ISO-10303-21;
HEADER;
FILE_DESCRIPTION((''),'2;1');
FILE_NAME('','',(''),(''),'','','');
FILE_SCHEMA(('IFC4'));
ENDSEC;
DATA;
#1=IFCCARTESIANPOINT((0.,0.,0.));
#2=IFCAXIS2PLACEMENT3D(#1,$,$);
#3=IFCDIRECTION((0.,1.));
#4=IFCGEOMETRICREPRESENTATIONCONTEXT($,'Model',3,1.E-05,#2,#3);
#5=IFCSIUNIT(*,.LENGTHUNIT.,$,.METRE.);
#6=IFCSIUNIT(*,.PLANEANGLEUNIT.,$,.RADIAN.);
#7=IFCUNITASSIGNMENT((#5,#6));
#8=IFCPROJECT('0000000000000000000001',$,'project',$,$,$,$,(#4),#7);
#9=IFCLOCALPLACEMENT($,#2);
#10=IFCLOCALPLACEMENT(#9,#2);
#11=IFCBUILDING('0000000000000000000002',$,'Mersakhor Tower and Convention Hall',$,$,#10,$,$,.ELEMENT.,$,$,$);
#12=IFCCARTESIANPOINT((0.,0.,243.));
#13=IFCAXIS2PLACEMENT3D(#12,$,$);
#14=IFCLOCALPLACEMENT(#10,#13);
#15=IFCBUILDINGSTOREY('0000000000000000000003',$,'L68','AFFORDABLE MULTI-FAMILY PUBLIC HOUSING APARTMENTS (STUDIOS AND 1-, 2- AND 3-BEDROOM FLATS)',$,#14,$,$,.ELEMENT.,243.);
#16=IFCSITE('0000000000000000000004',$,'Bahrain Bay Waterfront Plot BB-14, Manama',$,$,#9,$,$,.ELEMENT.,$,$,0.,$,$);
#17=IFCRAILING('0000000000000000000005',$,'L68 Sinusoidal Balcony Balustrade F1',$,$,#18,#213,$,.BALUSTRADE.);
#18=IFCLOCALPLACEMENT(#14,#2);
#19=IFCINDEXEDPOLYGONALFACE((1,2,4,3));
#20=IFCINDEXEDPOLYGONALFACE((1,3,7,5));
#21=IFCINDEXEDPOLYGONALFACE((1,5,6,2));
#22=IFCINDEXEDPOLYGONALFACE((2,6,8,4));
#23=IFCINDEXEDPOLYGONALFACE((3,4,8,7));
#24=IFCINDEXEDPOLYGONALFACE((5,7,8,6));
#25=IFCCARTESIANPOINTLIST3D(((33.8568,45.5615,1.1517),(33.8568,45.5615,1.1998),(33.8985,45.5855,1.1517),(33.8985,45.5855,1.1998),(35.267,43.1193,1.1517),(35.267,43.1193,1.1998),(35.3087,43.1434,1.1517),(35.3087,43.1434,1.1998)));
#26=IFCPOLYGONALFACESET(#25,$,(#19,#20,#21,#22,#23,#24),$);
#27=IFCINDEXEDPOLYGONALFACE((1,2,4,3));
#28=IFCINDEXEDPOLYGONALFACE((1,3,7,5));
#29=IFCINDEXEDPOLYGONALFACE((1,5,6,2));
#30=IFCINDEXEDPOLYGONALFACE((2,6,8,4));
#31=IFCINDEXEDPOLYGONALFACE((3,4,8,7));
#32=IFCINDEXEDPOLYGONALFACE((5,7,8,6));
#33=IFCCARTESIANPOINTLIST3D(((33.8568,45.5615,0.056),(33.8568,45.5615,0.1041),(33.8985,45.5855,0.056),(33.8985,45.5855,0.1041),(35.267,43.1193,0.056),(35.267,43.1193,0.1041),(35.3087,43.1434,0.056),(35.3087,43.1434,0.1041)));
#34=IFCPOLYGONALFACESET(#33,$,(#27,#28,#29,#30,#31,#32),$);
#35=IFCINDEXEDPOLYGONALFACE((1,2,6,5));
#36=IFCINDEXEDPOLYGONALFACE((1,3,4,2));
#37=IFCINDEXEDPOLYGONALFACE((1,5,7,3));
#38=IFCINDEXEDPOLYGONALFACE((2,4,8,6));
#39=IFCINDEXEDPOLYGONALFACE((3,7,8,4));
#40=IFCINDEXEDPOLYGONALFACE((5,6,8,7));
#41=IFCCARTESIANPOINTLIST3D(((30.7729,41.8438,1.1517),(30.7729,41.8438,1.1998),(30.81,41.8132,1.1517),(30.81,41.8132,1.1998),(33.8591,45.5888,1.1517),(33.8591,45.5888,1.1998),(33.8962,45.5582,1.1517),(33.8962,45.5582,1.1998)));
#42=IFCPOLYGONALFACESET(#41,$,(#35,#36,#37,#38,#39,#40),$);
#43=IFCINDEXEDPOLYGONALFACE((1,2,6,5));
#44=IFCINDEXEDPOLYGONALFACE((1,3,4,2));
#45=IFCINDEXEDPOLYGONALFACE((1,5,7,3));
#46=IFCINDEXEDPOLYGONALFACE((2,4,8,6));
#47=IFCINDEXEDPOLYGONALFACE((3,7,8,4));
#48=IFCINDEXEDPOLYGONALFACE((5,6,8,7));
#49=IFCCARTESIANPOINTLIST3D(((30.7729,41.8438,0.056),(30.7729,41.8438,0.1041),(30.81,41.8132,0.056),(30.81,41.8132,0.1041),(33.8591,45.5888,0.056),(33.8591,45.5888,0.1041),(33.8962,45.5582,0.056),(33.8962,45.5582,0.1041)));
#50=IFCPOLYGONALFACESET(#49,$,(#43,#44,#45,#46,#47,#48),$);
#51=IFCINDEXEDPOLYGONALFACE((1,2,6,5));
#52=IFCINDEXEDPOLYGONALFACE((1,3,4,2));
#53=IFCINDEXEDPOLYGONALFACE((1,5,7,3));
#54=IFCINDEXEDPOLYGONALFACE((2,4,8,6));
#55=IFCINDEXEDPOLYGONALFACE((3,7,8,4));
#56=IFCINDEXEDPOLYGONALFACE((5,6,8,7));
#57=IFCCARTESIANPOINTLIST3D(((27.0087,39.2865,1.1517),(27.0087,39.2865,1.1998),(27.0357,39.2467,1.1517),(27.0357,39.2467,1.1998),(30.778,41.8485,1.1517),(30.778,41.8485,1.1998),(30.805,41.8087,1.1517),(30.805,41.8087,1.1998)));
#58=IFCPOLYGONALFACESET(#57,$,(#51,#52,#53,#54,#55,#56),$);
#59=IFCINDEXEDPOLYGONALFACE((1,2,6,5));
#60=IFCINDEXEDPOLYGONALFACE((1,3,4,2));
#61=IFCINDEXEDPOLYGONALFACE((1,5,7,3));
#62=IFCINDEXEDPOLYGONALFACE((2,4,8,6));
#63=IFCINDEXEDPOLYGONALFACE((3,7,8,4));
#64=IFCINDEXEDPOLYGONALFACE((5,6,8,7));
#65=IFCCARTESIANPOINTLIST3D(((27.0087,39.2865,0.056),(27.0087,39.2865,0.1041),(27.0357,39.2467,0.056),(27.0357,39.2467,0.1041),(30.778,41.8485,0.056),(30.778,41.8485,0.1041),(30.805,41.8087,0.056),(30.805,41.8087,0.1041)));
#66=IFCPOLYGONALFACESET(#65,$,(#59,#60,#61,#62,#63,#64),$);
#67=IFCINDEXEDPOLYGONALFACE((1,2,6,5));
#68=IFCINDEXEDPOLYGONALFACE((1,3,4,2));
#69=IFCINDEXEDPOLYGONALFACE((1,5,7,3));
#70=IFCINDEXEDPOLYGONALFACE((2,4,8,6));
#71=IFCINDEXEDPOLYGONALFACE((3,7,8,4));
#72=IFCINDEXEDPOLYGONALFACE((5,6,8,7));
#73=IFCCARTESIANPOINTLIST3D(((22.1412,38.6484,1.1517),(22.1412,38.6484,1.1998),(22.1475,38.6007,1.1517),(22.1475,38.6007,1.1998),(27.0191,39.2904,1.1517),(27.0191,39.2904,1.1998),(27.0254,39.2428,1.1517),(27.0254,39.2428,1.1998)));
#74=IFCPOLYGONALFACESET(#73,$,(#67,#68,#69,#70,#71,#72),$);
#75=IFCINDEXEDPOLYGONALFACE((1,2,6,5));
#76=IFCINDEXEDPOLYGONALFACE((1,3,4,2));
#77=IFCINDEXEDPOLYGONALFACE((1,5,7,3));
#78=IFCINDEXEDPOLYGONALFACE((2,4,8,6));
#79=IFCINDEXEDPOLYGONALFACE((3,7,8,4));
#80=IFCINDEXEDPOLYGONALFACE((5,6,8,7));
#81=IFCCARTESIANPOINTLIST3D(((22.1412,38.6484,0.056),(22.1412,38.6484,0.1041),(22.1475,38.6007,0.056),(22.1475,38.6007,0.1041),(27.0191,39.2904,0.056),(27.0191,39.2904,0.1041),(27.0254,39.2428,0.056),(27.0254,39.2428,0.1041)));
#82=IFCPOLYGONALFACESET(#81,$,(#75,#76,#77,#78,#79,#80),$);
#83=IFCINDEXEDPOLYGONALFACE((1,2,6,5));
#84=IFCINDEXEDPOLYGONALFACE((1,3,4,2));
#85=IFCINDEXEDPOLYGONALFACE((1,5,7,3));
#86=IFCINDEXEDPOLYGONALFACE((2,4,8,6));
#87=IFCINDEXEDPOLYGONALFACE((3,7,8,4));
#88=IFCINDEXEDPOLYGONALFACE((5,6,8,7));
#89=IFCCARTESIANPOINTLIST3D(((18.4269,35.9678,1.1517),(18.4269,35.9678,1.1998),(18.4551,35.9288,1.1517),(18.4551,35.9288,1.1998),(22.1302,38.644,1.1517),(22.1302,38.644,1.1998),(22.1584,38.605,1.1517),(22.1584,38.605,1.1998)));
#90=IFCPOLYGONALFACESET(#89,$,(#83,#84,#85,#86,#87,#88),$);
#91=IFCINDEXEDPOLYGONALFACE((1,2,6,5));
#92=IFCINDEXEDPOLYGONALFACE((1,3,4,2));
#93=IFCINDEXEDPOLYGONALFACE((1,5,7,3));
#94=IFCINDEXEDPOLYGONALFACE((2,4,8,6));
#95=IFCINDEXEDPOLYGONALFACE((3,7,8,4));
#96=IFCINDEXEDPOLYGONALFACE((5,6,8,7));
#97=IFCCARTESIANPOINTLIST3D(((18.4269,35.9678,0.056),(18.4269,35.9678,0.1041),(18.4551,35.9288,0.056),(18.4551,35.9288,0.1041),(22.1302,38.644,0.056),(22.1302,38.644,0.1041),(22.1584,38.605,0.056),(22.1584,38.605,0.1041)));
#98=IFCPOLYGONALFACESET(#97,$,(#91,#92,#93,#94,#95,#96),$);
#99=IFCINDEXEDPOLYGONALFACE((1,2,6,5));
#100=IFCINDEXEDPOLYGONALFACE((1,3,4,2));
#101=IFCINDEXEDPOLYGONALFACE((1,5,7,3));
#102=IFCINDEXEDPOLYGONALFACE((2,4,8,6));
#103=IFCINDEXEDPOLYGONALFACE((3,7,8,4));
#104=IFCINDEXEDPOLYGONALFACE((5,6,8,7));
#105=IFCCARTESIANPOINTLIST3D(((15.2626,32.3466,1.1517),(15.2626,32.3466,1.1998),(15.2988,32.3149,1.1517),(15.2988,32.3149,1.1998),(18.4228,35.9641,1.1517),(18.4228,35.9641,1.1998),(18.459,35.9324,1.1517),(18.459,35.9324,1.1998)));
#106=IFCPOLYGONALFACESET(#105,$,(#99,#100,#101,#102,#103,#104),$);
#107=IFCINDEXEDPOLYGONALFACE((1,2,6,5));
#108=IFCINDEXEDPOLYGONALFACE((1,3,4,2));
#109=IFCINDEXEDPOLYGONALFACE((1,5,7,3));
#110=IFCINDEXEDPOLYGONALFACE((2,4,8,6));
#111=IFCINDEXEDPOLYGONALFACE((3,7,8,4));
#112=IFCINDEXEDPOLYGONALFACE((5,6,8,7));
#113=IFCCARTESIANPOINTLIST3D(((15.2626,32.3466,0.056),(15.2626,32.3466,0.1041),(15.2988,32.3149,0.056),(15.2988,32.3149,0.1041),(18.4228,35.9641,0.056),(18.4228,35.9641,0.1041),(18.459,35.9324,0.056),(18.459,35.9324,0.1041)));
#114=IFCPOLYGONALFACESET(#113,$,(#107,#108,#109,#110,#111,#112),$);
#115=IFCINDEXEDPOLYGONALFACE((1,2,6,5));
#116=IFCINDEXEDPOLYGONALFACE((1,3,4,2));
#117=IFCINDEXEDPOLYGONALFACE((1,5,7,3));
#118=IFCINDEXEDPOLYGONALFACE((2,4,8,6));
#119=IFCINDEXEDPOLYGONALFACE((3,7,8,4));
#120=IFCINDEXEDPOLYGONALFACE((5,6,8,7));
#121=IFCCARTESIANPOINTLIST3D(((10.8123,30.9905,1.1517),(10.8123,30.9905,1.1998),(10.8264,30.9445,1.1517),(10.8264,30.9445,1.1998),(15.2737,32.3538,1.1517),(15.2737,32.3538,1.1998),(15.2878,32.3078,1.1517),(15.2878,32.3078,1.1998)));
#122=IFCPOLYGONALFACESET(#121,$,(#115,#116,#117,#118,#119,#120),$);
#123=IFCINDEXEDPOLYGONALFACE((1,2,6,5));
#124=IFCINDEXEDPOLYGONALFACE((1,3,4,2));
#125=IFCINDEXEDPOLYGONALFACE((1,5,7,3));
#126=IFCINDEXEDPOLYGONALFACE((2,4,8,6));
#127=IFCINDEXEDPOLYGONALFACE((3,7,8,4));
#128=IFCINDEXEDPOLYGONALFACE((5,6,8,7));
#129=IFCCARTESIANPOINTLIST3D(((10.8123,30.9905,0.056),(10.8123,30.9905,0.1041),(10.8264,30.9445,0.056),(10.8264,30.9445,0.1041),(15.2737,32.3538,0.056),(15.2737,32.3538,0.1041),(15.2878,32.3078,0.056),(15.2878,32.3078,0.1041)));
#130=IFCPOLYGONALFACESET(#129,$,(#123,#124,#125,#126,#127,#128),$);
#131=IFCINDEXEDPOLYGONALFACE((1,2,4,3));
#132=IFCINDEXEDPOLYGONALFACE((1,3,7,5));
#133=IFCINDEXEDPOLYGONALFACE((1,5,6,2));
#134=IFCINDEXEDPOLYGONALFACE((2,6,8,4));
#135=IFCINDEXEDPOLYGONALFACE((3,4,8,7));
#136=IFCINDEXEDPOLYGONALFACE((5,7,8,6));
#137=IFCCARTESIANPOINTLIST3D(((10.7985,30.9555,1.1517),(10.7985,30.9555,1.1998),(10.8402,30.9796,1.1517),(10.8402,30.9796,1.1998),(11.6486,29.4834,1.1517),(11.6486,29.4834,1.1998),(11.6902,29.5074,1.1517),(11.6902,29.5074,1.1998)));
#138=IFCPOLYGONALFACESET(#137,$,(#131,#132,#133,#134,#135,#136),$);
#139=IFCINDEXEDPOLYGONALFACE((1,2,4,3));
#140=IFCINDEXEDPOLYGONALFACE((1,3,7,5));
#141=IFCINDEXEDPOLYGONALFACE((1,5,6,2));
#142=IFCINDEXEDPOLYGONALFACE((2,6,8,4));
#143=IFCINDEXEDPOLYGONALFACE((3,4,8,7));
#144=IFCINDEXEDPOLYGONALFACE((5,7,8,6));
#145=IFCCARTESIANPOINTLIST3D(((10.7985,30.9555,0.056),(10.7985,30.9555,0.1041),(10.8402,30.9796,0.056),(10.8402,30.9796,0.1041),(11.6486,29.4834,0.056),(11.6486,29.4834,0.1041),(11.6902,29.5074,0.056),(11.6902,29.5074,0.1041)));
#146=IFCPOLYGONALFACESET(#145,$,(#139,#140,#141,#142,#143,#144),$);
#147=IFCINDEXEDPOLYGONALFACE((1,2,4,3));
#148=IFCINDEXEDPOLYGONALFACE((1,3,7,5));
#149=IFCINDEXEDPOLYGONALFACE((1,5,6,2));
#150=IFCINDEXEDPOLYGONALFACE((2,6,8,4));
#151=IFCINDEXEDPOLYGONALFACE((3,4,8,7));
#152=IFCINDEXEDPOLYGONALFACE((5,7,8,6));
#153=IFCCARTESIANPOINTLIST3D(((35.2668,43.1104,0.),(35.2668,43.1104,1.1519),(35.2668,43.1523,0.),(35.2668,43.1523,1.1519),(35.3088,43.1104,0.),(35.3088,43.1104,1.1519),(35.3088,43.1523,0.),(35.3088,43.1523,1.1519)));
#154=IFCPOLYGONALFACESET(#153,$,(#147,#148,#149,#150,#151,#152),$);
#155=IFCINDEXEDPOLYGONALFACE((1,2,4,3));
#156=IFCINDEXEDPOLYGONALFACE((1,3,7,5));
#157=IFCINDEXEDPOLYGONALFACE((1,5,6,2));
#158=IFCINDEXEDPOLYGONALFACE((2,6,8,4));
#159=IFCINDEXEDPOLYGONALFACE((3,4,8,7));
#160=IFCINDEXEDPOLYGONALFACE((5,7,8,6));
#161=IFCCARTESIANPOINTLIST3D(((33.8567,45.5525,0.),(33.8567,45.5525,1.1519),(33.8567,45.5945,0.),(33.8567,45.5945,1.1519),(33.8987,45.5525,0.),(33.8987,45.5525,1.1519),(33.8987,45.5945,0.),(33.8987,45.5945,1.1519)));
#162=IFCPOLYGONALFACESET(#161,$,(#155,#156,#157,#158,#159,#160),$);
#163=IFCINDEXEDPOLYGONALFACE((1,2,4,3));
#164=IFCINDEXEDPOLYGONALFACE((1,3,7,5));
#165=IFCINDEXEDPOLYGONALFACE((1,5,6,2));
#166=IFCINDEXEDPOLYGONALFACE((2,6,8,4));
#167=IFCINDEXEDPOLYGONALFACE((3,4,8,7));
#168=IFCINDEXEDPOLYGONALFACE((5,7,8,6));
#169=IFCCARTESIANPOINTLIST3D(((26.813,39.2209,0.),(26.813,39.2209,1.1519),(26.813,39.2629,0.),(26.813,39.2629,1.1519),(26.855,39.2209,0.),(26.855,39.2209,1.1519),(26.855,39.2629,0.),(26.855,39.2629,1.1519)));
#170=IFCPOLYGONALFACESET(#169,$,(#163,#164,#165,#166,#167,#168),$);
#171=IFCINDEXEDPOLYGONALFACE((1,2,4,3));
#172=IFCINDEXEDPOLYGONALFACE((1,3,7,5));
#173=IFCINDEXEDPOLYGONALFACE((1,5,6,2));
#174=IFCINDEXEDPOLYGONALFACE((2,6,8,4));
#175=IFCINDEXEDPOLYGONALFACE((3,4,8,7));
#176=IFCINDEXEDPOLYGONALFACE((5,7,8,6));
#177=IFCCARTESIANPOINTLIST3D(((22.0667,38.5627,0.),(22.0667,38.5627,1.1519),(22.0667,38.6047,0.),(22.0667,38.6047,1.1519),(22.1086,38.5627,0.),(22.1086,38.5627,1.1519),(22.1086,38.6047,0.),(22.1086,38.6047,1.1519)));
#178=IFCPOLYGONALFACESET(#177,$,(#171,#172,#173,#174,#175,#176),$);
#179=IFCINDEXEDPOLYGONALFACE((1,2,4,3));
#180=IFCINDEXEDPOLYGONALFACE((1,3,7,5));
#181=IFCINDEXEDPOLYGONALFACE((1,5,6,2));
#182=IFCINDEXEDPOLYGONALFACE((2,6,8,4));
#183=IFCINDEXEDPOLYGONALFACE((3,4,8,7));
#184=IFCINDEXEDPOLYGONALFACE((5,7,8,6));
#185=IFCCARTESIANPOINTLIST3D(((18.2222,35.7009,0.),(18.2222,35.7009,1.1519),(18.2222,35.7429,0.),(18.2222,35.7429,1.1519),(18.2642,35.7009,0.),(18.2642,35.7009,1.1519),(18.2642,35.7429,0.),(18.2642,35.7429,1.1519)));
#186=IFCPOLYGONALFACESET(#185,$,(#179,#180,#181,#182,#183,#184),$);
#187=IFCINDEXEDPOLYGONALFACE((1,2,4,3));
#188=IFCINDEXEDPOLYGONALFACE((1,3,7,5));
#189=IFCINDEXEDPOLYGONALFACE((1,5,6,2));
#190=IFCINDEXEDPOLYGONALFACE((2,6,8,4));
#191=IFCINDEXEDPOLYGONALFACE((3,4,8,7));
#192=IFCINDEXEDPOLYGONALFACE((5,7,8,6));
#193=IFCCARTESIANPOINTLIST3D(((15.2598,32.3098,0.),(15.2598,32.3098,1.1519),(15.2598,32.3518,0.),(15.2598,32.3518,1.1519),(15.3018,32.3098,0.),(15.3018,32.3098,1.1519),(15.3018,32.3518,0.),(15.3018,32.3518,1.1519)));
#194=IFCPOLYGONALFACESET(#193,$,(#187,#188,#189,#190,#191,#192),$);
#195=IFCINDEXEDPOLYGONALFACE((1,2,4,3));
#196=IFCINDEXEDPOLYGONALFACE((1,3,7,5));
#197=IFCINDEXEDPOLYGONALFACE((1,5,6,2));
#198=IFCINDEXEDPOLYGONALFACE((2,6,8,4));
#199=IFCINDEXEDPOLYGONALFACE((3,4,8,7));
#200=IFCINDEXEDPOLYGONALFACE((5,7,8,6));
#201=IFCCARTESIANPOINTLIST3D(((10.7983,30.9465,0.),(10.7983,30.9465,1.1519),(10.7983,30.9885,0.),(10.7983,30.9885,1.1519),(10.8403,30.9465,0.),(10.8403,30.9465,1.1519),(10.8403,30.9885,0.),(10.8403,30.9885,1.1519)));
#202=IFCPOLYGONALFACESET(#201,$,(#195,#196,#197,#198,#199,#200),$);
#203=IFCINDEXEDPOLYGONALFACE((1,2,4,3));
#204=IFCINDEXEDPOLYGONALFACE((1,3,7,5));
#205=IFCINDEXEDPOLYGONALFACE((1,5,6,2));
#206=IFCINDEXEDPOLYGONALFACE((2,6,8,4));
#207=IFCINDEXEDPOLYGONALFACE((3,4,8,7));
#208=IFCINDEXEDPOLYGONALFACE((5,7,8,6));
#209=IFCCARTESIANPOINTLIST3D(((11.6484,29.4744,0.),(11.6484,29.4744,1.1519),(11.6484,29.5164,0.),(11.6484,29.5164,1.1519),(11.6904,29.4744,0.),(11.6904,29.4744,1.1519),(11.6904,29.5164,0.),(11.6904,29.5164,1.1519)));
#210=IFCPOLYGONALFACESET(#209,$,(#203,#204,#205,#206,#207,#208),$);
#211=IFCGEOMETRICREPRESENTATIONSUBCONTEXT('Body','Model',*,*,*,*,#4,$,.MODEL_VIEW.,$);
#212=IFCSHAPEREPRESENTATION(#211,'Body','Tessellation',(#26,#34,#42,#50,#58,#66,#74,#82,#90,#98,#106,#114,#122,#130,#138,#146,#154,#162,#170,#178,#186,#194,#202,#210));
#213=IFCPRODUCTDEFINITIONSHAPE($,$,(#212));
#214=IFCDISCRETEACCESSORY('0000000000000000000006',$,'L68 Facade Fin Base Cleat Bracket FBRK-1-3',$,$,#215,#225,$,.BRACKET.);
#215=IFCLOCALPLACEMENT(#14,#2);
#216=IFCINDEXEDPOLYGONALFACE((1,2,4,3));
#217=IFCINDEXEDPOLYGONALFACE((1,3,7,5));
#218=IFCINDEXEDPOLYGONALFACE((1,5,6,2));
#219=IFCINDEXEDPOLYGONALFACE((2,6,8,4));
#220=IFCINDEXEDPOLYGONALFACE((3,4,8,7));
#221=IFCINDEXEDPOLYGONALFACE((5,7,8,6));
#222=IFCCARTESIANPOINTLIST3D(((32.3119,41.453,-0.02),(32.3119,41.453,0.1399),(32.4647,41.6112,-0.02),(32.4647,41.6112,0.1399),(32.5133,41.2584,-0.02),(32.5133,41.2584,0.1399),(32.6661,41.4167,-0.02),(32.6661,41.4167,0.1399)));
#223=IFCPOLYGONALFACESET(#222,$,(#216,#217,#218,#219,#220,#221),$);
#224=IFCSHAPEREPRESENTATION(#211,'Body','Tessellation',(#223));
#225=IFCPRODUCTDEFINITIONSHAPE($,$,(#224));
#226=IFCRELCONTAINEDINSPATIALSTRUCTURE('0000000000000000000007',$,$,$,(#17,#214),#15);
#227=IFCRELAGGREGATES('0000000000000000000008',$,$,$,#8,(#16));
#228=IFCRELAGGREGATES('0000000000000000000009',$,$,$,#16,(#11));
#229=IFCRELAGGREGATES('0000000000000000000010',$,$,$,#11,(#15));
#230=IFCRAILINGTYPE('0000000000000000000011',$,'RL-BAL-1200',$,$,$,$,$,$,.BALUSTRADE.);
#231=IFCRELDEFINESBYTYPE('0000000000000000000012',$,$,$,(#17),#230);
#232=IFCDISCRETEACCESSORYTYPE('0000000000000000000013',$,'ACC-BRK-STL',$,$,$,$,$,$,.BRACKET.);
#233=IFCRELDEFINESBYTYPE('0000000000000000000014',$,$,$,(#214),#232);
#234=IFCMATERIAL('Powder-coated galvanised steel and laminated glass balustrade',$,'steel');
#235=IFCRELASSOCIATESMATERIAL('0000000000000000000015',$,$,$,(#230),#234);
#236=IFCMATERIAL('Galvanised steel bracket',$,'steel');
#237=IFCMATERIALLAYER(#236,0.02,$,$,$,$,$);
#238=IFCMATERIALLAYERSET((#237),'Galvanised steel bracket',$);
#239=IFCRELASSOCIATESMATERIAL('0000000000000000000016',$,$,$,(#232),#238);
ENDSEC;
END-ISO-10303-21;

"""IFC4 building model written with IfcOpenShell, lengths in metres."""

from ifc_helpers import new_model, si_unit, direction, frame, origin, origin_2d, place, context, subcontext, project, spatial, rectangle, extrude, material, layer, layer_set, type_object, element, save


model = new_model("IFC4")

# Units and contexts
model_context = context("Model", 3, precision=1e-05, world=origin(), true_north=direction((0.0, 1.0)))
body_context = subcontext(model_context, "Body", "Model", "MODEL_VIEW")
ifc_project = project(units=[si_unit("LENGTHUNIT", "METRE"), si_unit("PLANEANGLEUNIT", "RADIAN")], contexts=[model_context])

# Site, building, storey
site_placement = place(None, origin())
site = spatial("IfcSite", under=ifc_project, at=site_placement, Name="Bahrain Bay Waterfront Plot BB-14, Manama", CompositionType="ELEMENT", RefElevation=0.0)
building_placement = place(site_placement, origin())
building = spatial("IfcBuilding", under=site, at=building_placement, Name="Mersakhor Tower and Convention Hall", CompositionType="ELEMENT")
storey_placement = place(building_placement, frame((0.0, 0.0, 243.0)))
storey = spatial("IfcBuildingStorey", under=building, at=storey_placement, Name="L68", Description="AFFORDABLE MULTI-FAMILY PUBLIC HOUSING APARTMENTS (STUDIOS AND 1-, 2- AND 3-BEDROOM FLATS)", CompositionType="ELEMENT", Elevation=243.0)

# Railing
ifc_material_1 = material(Name="Powder-coated galvanised steel and laminated glass balustrade", Category="steel")
railing_type = type_object("IfcRailingType", Name="RL-BAL-1200", PredefinedType="BALUSTRADE", material=ifc_material_1)
railing_placement = place(storey_placement, frame((35.2878, 43.1313, 0.0)))
element("IfcRailing", 1, at=railing_placement, inside=storey, type_object=railing_type, Name="L68 Sinusoidal Balcony Balustrade F1", PredefinedType="BALUSTRADE", context=body_context, shape_type="SweptSolid", body=[
    extrude(rectangle(XDim=0.0481, YDim=0.0481, at=origin_2d()), frame((0.0, 0.0, 1.1758), z_axis=(-0.50005, 0.865997, 0.0), x_axis=(-0.865997, -0.50005, 0.0)), (0.0, 0.0, 1.0), 2.8201),
    extrude(rectangle(XDim=0.0481, YDim=0.0481, at=origin_2d()), frame((0.0, 0.0, 0.0801), z_axis=(-0.50005, 0.865997, 0.0), x_axis=(-0.865997, -0.50005, 0.0)), (0.0, 0.0, 1.0), 2.8201),
    extrude(rectangle(XDim=0.0481, YDim=0.0481, at=origin_2d()), frame((-1.4102, 2.4421, 1.1758), z_axis=(-0.635973, -0.771711, 0.0), x_axis=(0.771711, -0.635973, 0.0)), (0.0, 0.0, 1.0), 4.8528),
    extrude(rectangle(XDim=0.0481, YDim=0.0481, at=origin_2d()), frame((-1.4102, 2.4421, 0.0801), z_axis=(-0.635973, -0.771711, 0.0), x_axis=(0.771711, -0.635973, 0.0)), (0.0, 0.0, 1.0), 4.8528),
    extrude(rectangle(XDim=0.0481, YDim=0.0481, at=origin_2d()), frame((-4.4963, -1.3027, 1.1758), z_axis=(-0.827039, -0.562144, 0.0), x_axis=(0.562144, -0.827039, 0.0)), (0.0, 0.0, 1.0), 4.5576),
    extrude(rectangle(XDim=0.0481, YDim=0.0481, at=origin_2d()), frame((-4.4963, -1.3027, 0.0801), z_axis=(-0.827039, -0.562144, 0.0), x_axis=(0.562144, -0.827039, 0.0)), (0.0, 0.0, 1.0), 4.5576),
    extrude(rectangle(XDim=0.0481, YDim=0.0481, at=origin_2d()), frame((-8.2656, -3.8647, 1.1758), z_axis=(-0.991448, -0.130506, 0.0), x_axis=(0.130506, -0.991448, 0.0)), (0.0, 0.0, 1.0), 4.9199),
    extrude(rectangle(XDim=0.0481, YDim=0.0481, at=origin_2d()), frame((-8.2656, -3.8647, 0.0801), z_axis=(-0.991448, -0.130506, 0.0), x_axis=(0.130506, -0.991448, 0.0)), (0.0, 0.0, 1.0), 4.9199),
    extrude(rectangle(XDim=0.0481, YDim=0.0481, at=origin_2d()), frame((-13.1436, -4.5068, 1.1758), z_axis=(-0.810512, -0.585723, 0.0), x_axis=(0.585723, -0.810512, 0.0)), (0.0, 0.0, 1.0), 4.5691),
    extrude(rectangle(XDim=0.0481, YDim=0.0481, at=origin_2d()), frame((-13.1436, -4.5068, 0.0801), z_axis=(-0.810512, -0.585723, 0.0), x_axis=(0.585723, -0.810512, 0.0)), (0.0, 0.0, 1.0), 4.5691),
    extrude(rectangle(XDim=0.0481, YDim=0.0481, at=origin_2d()), frame((-16.8469, -7.1831, 1.1758), z_axis=(-0.657903, -0.753102, 0.0), x_axis=(0.753102, -0.657903, 0.0)), (0.0, 0.0, 1.0), 4.8035),
    extrude(rectangle(XDim=0.0481, YDim=0.0481, at=origin_2d()), frame((-16.8469, -7.1831, 0.0801), z_axis=(-0.657903, -0.753102, 0.0), x_axis=(0.753102, -0.657903, 0.0)), (0.0, 0.0, 1.0), 4.8035),
    extrude(rectangle(XDim=0.0481, YDim=0.0481, at=origin_2d()), frame((-20.0071, -10.8005, 1.1758), z_axis=(-0.956348, -0.292232, 0.0), x_axis=(0.292232, -0.956348, 0.0)), (0.0, 0.0, 1.0), 4.665),
    extrude(rectangle(XDim=0.0481, YDim=0.0481, at=origin_2d()), frame((-20.0071, -10.8005, 0.0801), z_axis=(-0.956348, -0.292232, 0.0), x_axis=(0.292232, -0.956348, 0.0)), (0.0, 0.0, 1.0), 4.665),
    extrude(rectangle(XDim=0.0481, YDim=0.0481, at=origin_2d()), frame((-24.4685, -12.1638, 1.1758), z_axis=(0.500062, -0.865989, 0.0), x_axis=(0.865989, 0.500062, 0.0)), (0.0, 0.0, 1.0), 1.7),
    extrude(rectangle(XDim=0.0481, YDim=0.0481, at=origin_2d()), frame((-24.4685, -12.1638, 0.0801), z_axis=(0.500062, -0.865989, 0.0), x_axis=(0.865989, 0.500062, 0.0)), (0.0, 0.0, 1.0), 1.7),
    extrude(rectangle(XDim=0.042, YDim=0.042, at=origin_2d()), origin(), (0.0, 0.0, 1.0), 1.1519),
    extrude(rectangle(XDim=0.042, YDim=0.042, at=origin_2d()), frame((-1.4102, 2.4421, 0.0)), (0.0, 0.0, 1.0), 1.1519),
    extrude(rectangle(XDim=0.042, YDim=0.042, at=origin_2d()), frame((-8.4539, -3.8894, 0.0)), (0.0, 0.0, 1.0), 1.1519),
    extrude(rectangle(XDim=0.042, YDim=0.042, at=origin_2d()), frame((-13.2002, -4.5476, 0.0)), (0.0, 0.0, 1.0), 1.1519),
    extrude(rectangle(XDim=0.042, YDim=0.042, at=origin_2d()), frame((-17.0447, -7.4094, 0.0)), (0.0, 0.0, 1.0), 1.1519),
    extrude(rectangle(XDim=0.042, YDim=0.042, at=origin_2d()), frame((-20.0071, -10.8005, 0.0)), (0.0, 0.0, 1.0), 1.1519),
    extrude(rectangle(XDim=0.042, YDim=0.042, at=origin_2d()), frame((-24.4685, -12.1638, 0.0)), (0.0, 0.0, 1.0), 1.1519),
    extrude(rectangle(XDim=0.042, YDim=0.042, at=origin_2d()), frame((-23.6184, -13.636, 0.0)), (0.0, 0.0, 1.0), 1.1519),
])

# Discrete accessory
ifc_material_2 = material(Name="Galvanised steel bracket", Category="steel")
ifc_layer_1 = layer(ifc_material_2, 0.02)
ifc_layer_set_1 = layer_set([ifc_layer_1], Name="Galvanised steel bracket")
discrete_accessory_type = type_object("IfcDiscreteAccessoryType", Name="ACC-BRK-STL", PredefinedType="BRACKET", material=ifc_layer_set_1)
discrete_accessory_placement = place(storey_placement, frame((32.489, 41.4348, -0.02), z_axis=(0.0, 0.0, 1.0), x_axis=(-0.71934, 0.694658, 0.0)))
element("IfcDiscreteAccessory", 2, at=discrete_accessory_placement, inside=storey, type_object=discrete_accessory_type, Name="L68 Facade Fin Base Cleat Bracket FBRK-1-3", PredefinedType="BRACKET", context=body_context, shape_type="SweptSolid", body=[
    extrude(rectangle(XDim=0.28, YDim=0.22, at=origin_2d()), origin(), (0.0, 0.0, 1.0), 0.1599),
])

save(model, "model.ifc")
